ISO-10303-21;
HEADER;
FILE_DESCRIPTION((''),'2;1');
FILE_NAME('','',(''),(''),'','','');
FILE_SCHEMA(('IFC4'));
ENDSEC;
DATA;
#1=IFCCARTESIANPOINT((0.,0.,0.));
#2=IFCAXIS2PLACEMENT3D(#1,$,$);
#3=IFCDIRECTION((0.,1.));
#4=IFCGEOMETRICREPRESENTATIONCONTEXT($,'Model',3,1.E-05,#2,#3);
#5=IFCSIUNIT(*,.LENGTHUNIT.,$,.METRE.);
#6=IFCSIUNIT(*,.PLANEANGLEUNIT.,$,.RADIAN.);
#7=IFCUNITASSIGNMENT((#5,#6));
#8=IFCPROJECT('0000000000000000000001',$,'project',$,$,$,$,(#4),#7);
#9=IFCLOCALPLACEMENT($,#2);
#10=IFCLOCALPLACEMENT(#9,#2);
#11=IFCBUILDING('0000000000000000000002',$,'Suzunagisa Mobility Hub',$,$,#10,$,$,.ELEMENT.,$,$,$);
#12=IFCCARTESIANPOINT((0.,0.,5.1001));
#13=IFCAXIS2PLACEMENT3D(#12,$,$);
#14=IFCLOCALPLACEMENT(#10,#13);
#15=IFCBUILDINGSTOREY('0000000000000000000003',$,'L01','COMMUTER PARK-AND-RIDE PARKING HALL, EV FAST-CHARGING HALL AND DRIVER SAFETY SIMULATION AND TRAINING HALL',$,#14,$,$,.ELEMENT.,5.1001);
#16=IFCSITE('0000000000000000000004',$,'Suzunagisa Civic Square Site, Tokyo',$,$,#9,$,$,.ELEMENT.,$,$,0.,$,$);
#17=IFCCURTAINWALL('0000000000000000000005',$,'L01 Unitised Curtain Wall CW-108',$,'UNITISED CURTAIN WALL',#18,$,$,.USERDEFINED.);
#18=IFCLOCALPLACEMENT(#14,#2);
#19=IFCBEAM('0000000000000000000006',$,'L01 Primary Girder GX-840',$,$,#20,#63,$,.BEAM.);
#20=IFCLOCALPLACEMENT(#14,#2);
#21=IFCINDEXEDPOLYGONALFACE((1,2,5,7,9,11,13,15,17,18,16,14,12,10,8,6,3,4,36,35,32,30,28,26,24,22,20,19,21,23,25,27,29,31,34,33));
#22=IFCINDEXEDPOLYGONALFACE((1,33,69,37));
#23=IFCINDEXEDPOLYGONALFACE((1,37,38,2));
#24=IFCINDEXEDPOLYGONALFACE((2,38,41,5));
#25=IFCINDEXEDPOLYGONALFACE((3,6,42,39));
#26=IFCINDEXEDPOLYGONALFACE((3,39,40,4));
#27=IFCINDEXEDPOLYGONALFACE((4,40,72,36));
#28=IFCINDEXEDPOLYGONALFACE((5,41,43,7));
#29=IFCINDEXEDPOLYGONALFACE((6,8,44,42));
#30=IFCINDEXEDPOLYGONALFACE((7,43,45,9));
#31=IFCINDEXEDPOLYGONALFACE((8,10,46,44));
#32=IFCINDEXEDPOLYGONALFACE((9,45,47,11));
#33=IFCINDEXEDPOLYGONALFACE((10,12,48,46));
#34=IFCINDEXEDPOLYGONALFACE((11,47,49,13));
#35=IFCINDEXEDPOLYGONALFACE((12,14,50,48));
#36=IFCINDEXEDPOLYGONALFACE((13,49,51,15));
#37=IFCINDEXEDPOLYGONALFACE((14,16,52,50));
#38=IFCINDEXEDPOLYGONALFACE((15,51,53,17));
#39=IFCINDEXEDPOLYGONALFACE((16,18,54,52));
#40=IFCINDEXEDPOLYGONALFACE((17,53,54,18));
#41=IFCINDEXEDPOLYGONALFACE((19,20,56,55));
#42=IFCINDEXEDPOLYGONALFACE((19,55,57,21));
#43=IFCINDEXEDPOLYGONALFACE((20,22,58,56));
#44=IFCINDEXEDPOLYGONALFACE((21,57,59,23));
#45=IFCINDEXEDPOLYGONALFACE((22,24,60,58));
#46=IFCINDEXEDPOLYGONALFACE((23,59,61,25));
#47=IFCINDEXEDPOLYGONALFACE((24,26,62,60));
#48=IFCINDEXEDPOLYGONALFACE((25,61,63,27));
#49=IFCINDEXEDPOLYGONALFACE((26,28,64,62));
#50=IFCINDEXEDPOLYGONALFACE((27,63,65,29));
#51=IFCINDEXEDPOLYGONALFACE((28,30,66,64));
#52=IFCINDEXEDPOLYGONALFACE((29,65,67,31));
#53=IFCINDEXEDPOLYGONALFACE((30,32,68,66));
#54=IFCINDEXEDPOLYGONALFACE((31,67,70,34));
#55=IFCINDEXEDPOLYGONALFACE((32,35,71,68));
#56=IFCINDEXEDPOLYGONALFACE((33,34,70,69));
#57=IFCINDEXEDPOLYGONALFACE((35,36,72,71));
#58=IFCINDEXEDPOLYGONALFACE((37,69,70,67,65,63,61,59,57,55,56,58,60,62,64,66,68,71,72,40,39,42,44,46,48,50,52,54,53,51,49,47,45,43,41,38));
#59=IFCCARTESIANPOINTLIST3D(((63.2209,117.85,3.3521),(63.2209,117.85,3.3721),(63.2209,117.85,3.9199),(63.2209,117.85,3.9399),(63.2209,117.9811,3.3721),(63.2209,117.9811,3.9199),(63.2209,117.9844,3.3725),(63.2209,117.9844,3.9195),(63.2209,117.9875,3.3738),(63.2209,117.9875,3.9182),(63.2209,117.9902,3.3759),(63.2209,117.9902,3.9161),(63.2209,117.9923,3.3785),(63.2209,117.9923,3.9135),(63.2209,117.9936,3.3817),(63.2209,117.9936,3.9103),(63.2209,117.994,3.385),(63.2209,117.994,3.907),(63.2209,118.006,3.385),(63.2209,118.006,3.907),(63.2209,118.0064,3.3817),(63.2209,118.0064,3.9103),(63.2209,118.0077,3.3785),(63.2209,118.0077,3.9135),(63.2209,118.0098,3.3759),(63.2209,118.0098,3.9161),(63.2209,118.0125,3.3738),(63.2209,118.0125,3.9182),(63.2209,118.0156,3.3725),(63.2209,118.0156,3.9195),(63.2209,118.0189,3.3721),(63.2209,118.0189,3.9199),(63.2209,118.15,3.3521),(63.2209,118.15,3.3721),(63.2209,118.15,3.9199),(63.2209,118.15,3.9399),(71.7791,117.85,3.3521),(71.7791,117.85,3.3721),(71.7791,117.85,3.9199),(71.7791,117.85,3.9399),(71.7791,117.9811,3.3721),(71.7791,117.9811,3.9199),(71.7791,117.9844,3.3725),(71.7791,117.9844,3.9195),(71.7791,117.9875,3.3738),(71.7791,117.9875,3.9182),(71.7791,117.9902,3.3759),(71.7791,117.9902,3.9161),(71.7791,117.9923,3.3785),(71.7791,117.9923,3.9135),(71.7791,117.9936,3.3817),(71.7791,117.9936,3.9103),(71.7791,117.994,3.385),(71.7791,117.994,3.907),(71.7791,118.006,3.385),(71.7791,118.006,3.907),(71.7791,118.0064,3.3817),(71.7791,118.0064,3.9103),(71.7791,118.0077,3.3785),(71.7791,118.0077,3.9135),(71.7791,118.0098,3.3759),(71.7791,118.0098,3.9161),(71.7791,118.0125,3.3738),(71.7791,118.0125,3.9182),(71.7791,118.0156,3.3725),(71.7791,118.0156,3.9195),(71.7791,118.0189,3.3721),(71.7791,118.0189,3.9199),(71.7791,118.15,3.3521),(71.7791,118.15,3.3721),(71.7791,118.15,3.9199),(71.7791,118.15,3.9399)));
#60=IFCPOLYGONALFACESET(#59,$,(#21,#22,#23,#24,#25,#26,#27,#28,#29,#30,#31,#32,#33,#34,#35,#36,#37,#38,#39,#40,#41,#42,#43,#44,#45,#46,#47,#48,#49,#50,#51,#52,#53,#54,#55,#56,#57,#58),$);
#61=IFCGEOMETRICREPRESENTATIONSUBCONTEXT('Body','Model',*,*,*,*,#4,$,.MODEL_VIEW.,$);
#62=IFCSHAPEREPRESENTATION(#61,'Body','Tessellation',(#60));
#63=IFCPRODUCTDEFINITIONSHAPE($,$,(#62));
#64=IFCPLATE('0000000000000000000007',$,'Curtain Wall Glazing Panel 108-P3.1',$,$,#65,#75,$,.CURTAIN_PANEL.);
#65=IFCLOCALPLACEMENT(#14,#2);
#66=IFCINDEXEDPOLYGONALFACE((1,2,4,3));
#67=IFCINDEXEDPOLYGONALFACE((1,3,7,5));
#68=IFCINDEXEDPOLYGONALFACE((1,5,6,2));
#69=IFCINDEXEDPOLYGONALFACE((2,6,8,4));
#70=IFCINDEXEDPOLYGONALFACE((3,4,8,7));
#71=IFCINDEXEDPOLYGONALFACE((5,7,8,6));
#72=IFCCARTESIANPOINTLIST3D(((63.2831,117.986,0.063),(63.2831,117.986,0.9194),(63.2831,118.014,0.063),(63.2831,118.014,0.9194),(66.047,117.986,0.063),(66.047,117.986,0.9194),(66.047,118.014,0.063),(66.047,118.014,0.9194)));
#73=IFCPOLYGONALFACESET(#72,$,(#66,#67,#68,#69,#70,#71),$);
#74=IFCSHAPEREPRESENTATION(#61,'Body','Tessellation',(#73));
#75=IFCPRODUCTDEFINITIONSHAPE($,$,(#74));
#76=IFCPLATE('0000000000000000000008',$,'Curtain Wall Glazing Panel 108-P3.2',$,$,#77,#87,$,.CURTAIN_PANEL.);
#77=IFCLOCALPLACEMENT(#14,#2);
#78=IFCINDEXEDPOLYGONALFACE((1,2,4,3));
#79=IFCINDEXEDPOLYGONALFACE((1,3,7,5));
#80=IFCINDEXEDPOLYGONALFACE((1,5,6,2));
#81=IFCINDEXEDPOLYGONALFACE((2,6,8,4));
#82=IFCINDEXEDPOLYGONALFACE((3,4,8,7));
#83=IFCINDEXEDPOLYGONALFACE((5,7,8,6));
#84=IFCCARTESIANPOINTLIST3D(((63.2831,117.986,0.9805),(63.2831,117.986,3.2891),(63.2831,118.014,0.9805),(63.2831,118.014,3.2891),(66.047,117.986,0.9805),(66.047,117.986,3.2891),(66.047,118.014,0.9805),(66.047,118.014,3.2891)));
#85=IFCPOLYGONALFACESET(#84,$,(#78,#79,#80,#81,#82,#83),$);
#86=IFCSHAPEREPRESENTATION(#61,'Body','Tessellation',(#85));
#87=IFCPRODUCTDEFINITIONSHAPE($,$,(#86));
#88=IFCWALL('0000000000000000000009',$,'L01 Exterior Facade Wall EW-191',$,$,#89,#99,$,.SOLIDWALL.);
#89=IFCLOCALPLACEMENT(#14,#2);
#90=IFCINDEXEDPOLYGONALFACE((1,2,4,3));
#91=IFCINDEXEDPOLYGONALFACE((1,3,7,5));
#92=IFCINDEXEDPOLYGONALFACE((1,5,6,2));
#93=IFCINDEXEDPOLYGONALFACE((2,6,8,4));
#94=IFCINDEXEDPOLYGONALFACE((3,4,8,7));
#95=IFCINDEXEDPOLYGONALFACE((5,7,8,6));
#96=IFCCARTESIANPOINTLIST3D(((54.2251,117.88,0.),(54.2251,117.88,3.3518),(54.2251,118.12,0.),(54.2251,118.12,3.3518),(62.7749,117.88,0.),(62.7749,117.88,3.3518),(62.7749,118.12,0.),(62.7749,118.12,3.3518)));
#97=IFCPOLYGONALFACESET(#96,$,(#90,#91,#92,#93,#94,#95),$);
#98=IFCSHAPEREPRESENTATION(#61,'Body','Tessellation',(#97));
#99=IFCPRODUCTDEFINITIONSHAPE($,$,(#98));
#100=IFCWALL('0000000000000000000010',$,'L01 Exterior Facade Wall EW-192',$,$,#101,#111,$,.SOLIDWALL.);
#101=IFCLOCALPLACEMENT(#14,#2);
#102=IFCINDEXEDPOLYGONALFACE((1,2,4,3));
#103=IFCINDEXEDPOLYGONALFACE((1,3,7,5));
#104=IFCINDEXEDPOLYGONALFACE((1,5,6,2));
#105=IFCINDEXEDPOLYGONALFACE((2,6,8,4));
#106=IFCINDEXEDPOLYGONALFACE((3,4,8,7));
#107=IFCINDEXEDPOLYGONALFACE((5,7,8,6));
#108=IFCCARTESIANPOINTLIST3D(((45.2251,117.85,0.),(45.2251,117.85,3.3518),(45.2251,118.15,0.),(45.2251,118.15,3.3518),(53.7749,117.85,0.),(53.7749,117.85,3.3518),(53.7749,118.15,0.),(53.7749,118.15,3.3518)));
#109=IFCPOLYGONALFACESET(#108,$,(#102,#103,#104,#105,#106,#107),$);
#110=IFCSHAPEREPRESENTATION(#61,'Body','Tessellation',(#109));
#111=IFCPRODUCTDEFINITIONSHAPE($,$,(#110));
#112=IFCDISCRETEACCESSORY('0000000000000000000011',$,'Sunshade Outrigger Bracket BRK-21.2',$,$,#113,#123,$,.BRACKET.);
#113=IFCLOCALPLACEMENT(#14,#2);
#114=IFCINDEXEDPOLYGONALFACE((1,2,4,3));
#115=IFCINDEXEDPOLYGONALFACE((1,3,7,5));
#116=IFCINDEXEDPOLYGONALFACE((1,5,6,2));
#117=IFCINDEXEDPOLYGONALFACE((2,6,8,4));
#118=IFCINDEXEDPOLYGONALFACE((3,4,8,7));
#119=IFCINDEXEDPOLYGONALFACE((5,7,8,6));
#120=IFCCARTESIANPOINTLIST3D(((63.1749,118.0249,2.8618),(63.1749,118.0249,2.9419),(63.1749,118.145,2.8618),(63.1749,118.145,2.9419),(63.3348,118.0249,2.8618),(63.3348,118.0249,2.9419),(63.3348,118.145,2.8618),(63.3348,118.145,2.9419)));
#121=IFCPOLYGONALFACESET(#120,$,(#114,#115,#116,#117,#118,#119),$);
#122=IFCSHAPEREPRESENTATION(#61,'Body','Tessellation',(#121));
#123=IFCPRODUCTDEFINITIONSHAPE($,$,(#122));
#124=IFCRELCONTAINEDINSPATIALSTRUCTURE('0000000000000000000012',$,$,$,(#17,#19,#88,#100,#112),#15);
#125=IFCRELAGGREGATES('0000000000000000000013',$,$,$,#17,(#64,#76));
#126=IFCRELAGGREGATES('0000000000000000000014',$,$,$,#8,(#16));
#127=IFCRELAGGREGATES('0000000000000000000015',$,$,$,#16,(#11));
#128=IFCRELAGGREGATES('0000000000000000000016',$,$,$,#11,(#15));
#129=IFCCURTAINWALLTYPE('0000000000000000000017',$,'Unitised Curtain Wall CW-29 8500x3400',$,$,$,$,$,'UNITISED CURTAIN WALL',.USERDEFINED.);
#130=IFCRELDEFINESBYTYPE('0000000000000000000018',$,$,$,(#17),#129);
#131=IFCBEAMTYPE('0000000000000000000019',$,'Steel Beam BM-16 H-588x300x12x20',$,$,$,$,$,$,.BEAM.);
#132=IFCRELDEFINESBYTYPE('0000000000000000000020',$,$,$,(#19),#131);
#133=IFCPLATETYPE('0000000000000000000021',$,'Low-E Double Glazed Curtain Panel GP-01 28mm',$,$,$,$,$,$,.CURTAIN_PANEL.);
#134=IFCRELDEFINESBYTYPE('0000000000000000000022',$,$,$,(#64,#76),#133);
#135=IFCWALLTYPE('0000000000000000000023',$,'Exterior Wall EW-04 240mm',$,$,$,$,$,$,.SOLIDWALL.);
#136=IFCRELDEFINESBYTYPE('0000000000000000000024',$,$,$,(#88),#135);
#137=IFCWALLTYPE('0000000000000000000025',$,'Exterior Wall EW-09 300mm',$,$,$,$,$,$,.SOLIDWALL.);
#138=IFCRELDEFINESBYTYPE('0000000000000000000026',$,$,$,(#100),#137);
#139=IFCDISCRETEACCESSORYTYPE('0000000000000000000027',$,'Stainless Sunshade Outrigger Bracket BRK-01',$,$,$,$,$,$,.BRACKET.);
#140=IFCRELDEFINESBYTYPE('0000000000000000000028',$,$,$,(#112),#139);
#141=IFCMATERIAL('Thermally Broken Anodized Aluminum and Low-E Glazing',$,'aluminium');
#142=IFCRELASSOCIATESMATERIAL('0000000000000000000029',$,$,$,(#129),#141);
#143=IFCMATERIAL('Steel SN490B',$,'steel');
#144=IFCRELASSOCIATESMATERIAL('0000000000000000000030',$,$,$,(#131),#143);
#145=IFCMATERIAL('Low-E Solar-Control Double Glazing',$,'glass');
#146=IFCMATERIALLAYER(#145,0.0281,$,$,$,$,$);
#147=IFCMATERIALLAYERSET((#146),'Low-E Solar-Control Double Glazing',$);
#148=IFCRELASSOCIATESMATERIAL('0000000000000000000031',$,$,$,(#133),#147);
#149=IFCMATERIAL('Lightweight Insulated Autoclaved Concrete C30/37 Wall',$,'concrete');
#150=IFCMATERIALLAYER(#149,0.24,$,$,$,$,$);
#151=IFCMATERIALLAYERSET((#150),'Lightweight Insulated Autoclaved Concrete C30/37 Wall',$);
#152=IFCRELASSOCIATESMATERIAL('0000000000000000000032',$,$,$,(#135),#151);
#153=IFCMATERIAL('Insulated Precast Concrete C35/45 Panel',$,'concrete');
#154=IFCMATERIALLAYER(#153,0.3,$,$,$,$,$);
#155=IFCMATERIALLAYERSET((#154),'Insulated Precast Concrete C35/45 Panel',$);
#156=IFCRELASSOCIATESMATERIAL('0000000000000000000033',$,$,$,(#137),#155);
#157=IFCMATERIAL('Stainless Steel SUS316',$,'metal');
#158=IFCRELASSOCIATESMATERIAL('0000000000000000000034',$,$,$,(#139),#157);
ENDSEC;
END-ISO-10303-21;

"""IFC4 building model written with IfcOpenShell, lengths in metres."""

from ifc_helpers import new_model, si_unit, direction, frame, frame_2d, origin, origin_2d, place, context, subcontext, project, spatial, rectangle, i_section, extrude, material, layer, layer_set, material_profile, profile_set, type_object, element, aggregate, save


model = new_model("IFC4")

# Units and contexts
model_context = context("Model", 3, precision=1e-05, world=origin(), true_north=direction((0.0, 1.0)))
body_context = subcontext(model_context, "Body", "Model", "MODEL_VIEW")
ifc_project = project(units=[si_unit("LENGTHUNIT", "METRE"), si_unit("PLANEANGLEUNIT", "RADIAN")], contexts=[model_context])

# Site, building, storey
site_placement = place(None, origin())
site = spatial("IfcSite", under=ifc_project, at=site_placement, Name="Suzunagisa Civic Square Site, Tokyo", CompositionType="ELEMENT", RefElevation=0.0)
building_placement = place(site_placement, origin())
building = spatial("IfcBuilding", under=site, at=building_placement, Name="Suzunagisa Mobility Hub", CompositionType="ELEMENT")
storey_placement = place(building_placement, frame((0.0, 0.0, 5.1001)))
storey = spatial("IfcBuildingStorey", under=building, at=storey_placement, Name="L01", Description="COMMUTER PARK-AND-RIDE PARKING HALL, EV FAST-CHARGING HALL AND DRIVER SAFETY SIMULATION AND TRAINING HALL", CompositionType="ELEMENT", Elevation=5.1001)

# Shared definitions
ifc_material_1 = material(Name="Steel SN490B", Category="steel")

# Curtain wall
ifc_material_2 = material(Name="Thermally Broken Anodized Aluminum and Low-E Glazing", Category="aluminium")
curtain_wall_type = type_object("IfcCurtainWallType", Name="Unitised Curtain Wall CW-29 8500x3400", ElementType="UNITISED CURTAIN WALL", PredefinedType="USERDEFINED", material=ifc_material_2)
curtain_wall_placement = place(storey_placement, origin())
curtain_wall = element("IfcCurtainWall", 1, at=curtain_wall_placement, inside=storey, type_object=curtain_wall_type, Name="L01 Unitised Curtain Wall CW-108", ObjectType="UNITISED CURTAIN WALL", PredefinedType="USERDEFINED")

# Beam
ifc_material_profile_1 = material_profile(ifc_material_1, i_section(OverallWidth=0.3, OverallDepth=0.5879, WebThickness=0.012, FlangeThickness=0.02, FilletRadius=0.0129, at=origin_2d()), Name="H-588x300x12x20")
ifc_profile_set_1 = profile_set([ifc_material_profile_1], Name="Steel SN490B")
beam_type_1 = type_object("IfcBeamType", Name="Steel Beam BM-16 H-588x300x12x20", PredefinedType="BEAM", material=ifc_profile_set_1)
for number, where, z_axis, x_axis, name in (
    (2, (63.2209, 118.0, 3.646), (1.0, 0.0, 0.0), (0.0, 1.0, 0.0), "L01 Primary Girder GX-840"),
):
    element("IfcBeam", number, at=place(storey_placement, frame(where, z_axis=z_axis, x_axis=x_axis)), inside=storey, type_object=beam_type_1, Name=name, PredefinedType="BEAM", context=body_context, shape_type="SweptSolid", body=[
        extrude(i_section(OverallWidth=0.3, OverallDepth=0.5879, WebThickness=0.012, FlangeThickness=0.02, FilletRadius=0.0129, at=origin_2d()), origin(), (0.0, 0.0, 1.0), 8.5581),
    ])

# Plates
ifc_material_3 = material(Name="Low-E Solar-Control Double Glazing", Category="glass")
ifc_layer_1 = layer(ifc_material_3, 0.0281)
ifc_layer_set_1 = layer_set([ifc_layer_1], Name="Low-E Solar-Control Double Glazing")
plate_type = type_object("IfcPlateType", Name="Low-E Double Glazed Curtain Panel GP-01 28mm", PredefinedType="CURTAIN_PANEL", material=ifc_layer_set_1)
plate_1_placement = place(storey_placement, frame((64.665, 118.0, 0.063), z_axis=(0.0, 0.0, 1.0), x_axis=(-1.0, 0.0, 0.0)))
plate_1 = element("IfcPlate", 3, at=plate_1_placement, type_object=plate_type, Name="Curtain Wall Glazing Panel 108-P3.1", PredefinedType="CURTAIN_PANEL", context=body_context, shape_type="SweptSolid", body=[
    extrude(rectangle(XDim=2.7639, YDim=0.0281, at=origin_2d()), origin(), (0.0, 0.0, 1.0), 0.8564),
])
plate_2_placement = place(storey_placement, frame((64.665, 118.0, 0.9805), z_axis=(0.0, 0.0, 1.0), x_axis=(-1.0, 0.0, 0.0)))
plate_2 = element("IfcPlate", 4, at=plate_2_placement, type_object=plate_type, Name="Curtain Wall Glazing Panel 108-P3.2", PredefinedType="CURTAIN_PANEL", context=body_context, shape_type="SweptSolid", body=[
    extrude(rectangle(XDim=2.7639, YDim=0.0281, at=origin_2d()), origin(), (0.0, 0.0, 1.0), 2.3086),
])
aggregate(curtain_wall, [plate_1, plate_2])

# Walls
ifc_material_4 = material(Name="Lightweight Insulated Autoclaved Concrete C30/37 Wall", Category="concrete")
ifc_layer_2 = layer(ifc_material_4, 0.24)
ifc_layer_set_2 = layer_set([ifc_layer_2], Name="Lightweight Insulated Autoclaved Concrete C30/37 Wall")
wall_type_1 = type_object("IfcWallType", Name="Exterior Wall EW-04 240mm", PredefinedType="SOLIDWALL", material=ifc_layer_set_2)
wall_1_placement = place(storey_placement, frame((62.7749, 118.0, 0.0), z_axis=(0.0, 0.0, 1.0), x_axis=(-1.0, 0.0, 0.0)))
element("IfcWall", 5, at=wall_1_placement, inside=storey, type_object=wall_type_1, Name="L01 Exterior Facade Wall EW-191", PredefinedType="SOLIDWALL", context=body_context, shape_type="SweptSolid", body=[
    extrude(rectangle(XDim=8.5498, YDim=0.24, at=frame_2d((4.2749, 0.0))), origin(), (0.0, 0.0, 1.0), 3.3518),
])
ifc_material_5 = material(Name="Insulated Precast Concrete C35/45 Panel", Category="concrete")
ifc_layer_3 = layer(ifc_material_5, 0.3)
ifc_layer_set_3 = layer_set([ifc_layer_3], Name="Insulated Precast Concrete C35/45 Panel")
wall_type_2 = type_object("IfcWallType", Name="Exterior Wall EW-09 300mm", PredefinedType="SOLIDWALL", material=ifc_layer_set_3)
wall_2_placement = place(storey_placement, frame((53.7749, 118.0, 0.0), z_axis=(0.0, 0.0, 1.0), x_axis=(-1.0, 0.0, 0.0)))
element("IfcWall", 6, at=wall_2_placement, inside=storey, type_object=wall_type_2, Name="L01 Exterior Facade Wall EW-192", PredefinedType="SOLIDWALL", context=body_context, shape_type="SweptSolid", body=[
    extrude(rectangle(XDim=8.5498, YDim=0.3, at=frame_2d((4.2749, 0.0))), origin(), (0.0, 0.0, 1.0), 3.3518),
])

# Discrete accessory
ifc_material_6 = material(Name="Stainless Steel SUS316", Category="metal")
discrete_accessory_type = type_object("IfcDiscreteAccessoryType", Name="Stainless Sunshade Outrigger Bracket BRK-01", PredefinedType="BRACKET", material=ifc_material_6)
discrete_accessory_placement = place(storey_placement, frame((63.2549, 118.085, 2.8618), z_axis=(0.0, 0.0, 1.0), x_axis=(-1.0, 0.0, 0.0)))
element("IfcDiscreteAccessory", 7, at=discrete_accessory_placement, inside=storey, type_object=discrete_accessory_type, Name="Sunshade Outrigger Bracket BRK-21.2", PredefinedType="BRACKET", context=body_context, shape_type="SweptSolid", body=[
    extrude(rectangle(XDim=0.1599, YDim=0.1201, at=origin_2d()), origin(), (0.0, 0.0, 1.0), 0.0801),
])

save(model, "model.ifc")
